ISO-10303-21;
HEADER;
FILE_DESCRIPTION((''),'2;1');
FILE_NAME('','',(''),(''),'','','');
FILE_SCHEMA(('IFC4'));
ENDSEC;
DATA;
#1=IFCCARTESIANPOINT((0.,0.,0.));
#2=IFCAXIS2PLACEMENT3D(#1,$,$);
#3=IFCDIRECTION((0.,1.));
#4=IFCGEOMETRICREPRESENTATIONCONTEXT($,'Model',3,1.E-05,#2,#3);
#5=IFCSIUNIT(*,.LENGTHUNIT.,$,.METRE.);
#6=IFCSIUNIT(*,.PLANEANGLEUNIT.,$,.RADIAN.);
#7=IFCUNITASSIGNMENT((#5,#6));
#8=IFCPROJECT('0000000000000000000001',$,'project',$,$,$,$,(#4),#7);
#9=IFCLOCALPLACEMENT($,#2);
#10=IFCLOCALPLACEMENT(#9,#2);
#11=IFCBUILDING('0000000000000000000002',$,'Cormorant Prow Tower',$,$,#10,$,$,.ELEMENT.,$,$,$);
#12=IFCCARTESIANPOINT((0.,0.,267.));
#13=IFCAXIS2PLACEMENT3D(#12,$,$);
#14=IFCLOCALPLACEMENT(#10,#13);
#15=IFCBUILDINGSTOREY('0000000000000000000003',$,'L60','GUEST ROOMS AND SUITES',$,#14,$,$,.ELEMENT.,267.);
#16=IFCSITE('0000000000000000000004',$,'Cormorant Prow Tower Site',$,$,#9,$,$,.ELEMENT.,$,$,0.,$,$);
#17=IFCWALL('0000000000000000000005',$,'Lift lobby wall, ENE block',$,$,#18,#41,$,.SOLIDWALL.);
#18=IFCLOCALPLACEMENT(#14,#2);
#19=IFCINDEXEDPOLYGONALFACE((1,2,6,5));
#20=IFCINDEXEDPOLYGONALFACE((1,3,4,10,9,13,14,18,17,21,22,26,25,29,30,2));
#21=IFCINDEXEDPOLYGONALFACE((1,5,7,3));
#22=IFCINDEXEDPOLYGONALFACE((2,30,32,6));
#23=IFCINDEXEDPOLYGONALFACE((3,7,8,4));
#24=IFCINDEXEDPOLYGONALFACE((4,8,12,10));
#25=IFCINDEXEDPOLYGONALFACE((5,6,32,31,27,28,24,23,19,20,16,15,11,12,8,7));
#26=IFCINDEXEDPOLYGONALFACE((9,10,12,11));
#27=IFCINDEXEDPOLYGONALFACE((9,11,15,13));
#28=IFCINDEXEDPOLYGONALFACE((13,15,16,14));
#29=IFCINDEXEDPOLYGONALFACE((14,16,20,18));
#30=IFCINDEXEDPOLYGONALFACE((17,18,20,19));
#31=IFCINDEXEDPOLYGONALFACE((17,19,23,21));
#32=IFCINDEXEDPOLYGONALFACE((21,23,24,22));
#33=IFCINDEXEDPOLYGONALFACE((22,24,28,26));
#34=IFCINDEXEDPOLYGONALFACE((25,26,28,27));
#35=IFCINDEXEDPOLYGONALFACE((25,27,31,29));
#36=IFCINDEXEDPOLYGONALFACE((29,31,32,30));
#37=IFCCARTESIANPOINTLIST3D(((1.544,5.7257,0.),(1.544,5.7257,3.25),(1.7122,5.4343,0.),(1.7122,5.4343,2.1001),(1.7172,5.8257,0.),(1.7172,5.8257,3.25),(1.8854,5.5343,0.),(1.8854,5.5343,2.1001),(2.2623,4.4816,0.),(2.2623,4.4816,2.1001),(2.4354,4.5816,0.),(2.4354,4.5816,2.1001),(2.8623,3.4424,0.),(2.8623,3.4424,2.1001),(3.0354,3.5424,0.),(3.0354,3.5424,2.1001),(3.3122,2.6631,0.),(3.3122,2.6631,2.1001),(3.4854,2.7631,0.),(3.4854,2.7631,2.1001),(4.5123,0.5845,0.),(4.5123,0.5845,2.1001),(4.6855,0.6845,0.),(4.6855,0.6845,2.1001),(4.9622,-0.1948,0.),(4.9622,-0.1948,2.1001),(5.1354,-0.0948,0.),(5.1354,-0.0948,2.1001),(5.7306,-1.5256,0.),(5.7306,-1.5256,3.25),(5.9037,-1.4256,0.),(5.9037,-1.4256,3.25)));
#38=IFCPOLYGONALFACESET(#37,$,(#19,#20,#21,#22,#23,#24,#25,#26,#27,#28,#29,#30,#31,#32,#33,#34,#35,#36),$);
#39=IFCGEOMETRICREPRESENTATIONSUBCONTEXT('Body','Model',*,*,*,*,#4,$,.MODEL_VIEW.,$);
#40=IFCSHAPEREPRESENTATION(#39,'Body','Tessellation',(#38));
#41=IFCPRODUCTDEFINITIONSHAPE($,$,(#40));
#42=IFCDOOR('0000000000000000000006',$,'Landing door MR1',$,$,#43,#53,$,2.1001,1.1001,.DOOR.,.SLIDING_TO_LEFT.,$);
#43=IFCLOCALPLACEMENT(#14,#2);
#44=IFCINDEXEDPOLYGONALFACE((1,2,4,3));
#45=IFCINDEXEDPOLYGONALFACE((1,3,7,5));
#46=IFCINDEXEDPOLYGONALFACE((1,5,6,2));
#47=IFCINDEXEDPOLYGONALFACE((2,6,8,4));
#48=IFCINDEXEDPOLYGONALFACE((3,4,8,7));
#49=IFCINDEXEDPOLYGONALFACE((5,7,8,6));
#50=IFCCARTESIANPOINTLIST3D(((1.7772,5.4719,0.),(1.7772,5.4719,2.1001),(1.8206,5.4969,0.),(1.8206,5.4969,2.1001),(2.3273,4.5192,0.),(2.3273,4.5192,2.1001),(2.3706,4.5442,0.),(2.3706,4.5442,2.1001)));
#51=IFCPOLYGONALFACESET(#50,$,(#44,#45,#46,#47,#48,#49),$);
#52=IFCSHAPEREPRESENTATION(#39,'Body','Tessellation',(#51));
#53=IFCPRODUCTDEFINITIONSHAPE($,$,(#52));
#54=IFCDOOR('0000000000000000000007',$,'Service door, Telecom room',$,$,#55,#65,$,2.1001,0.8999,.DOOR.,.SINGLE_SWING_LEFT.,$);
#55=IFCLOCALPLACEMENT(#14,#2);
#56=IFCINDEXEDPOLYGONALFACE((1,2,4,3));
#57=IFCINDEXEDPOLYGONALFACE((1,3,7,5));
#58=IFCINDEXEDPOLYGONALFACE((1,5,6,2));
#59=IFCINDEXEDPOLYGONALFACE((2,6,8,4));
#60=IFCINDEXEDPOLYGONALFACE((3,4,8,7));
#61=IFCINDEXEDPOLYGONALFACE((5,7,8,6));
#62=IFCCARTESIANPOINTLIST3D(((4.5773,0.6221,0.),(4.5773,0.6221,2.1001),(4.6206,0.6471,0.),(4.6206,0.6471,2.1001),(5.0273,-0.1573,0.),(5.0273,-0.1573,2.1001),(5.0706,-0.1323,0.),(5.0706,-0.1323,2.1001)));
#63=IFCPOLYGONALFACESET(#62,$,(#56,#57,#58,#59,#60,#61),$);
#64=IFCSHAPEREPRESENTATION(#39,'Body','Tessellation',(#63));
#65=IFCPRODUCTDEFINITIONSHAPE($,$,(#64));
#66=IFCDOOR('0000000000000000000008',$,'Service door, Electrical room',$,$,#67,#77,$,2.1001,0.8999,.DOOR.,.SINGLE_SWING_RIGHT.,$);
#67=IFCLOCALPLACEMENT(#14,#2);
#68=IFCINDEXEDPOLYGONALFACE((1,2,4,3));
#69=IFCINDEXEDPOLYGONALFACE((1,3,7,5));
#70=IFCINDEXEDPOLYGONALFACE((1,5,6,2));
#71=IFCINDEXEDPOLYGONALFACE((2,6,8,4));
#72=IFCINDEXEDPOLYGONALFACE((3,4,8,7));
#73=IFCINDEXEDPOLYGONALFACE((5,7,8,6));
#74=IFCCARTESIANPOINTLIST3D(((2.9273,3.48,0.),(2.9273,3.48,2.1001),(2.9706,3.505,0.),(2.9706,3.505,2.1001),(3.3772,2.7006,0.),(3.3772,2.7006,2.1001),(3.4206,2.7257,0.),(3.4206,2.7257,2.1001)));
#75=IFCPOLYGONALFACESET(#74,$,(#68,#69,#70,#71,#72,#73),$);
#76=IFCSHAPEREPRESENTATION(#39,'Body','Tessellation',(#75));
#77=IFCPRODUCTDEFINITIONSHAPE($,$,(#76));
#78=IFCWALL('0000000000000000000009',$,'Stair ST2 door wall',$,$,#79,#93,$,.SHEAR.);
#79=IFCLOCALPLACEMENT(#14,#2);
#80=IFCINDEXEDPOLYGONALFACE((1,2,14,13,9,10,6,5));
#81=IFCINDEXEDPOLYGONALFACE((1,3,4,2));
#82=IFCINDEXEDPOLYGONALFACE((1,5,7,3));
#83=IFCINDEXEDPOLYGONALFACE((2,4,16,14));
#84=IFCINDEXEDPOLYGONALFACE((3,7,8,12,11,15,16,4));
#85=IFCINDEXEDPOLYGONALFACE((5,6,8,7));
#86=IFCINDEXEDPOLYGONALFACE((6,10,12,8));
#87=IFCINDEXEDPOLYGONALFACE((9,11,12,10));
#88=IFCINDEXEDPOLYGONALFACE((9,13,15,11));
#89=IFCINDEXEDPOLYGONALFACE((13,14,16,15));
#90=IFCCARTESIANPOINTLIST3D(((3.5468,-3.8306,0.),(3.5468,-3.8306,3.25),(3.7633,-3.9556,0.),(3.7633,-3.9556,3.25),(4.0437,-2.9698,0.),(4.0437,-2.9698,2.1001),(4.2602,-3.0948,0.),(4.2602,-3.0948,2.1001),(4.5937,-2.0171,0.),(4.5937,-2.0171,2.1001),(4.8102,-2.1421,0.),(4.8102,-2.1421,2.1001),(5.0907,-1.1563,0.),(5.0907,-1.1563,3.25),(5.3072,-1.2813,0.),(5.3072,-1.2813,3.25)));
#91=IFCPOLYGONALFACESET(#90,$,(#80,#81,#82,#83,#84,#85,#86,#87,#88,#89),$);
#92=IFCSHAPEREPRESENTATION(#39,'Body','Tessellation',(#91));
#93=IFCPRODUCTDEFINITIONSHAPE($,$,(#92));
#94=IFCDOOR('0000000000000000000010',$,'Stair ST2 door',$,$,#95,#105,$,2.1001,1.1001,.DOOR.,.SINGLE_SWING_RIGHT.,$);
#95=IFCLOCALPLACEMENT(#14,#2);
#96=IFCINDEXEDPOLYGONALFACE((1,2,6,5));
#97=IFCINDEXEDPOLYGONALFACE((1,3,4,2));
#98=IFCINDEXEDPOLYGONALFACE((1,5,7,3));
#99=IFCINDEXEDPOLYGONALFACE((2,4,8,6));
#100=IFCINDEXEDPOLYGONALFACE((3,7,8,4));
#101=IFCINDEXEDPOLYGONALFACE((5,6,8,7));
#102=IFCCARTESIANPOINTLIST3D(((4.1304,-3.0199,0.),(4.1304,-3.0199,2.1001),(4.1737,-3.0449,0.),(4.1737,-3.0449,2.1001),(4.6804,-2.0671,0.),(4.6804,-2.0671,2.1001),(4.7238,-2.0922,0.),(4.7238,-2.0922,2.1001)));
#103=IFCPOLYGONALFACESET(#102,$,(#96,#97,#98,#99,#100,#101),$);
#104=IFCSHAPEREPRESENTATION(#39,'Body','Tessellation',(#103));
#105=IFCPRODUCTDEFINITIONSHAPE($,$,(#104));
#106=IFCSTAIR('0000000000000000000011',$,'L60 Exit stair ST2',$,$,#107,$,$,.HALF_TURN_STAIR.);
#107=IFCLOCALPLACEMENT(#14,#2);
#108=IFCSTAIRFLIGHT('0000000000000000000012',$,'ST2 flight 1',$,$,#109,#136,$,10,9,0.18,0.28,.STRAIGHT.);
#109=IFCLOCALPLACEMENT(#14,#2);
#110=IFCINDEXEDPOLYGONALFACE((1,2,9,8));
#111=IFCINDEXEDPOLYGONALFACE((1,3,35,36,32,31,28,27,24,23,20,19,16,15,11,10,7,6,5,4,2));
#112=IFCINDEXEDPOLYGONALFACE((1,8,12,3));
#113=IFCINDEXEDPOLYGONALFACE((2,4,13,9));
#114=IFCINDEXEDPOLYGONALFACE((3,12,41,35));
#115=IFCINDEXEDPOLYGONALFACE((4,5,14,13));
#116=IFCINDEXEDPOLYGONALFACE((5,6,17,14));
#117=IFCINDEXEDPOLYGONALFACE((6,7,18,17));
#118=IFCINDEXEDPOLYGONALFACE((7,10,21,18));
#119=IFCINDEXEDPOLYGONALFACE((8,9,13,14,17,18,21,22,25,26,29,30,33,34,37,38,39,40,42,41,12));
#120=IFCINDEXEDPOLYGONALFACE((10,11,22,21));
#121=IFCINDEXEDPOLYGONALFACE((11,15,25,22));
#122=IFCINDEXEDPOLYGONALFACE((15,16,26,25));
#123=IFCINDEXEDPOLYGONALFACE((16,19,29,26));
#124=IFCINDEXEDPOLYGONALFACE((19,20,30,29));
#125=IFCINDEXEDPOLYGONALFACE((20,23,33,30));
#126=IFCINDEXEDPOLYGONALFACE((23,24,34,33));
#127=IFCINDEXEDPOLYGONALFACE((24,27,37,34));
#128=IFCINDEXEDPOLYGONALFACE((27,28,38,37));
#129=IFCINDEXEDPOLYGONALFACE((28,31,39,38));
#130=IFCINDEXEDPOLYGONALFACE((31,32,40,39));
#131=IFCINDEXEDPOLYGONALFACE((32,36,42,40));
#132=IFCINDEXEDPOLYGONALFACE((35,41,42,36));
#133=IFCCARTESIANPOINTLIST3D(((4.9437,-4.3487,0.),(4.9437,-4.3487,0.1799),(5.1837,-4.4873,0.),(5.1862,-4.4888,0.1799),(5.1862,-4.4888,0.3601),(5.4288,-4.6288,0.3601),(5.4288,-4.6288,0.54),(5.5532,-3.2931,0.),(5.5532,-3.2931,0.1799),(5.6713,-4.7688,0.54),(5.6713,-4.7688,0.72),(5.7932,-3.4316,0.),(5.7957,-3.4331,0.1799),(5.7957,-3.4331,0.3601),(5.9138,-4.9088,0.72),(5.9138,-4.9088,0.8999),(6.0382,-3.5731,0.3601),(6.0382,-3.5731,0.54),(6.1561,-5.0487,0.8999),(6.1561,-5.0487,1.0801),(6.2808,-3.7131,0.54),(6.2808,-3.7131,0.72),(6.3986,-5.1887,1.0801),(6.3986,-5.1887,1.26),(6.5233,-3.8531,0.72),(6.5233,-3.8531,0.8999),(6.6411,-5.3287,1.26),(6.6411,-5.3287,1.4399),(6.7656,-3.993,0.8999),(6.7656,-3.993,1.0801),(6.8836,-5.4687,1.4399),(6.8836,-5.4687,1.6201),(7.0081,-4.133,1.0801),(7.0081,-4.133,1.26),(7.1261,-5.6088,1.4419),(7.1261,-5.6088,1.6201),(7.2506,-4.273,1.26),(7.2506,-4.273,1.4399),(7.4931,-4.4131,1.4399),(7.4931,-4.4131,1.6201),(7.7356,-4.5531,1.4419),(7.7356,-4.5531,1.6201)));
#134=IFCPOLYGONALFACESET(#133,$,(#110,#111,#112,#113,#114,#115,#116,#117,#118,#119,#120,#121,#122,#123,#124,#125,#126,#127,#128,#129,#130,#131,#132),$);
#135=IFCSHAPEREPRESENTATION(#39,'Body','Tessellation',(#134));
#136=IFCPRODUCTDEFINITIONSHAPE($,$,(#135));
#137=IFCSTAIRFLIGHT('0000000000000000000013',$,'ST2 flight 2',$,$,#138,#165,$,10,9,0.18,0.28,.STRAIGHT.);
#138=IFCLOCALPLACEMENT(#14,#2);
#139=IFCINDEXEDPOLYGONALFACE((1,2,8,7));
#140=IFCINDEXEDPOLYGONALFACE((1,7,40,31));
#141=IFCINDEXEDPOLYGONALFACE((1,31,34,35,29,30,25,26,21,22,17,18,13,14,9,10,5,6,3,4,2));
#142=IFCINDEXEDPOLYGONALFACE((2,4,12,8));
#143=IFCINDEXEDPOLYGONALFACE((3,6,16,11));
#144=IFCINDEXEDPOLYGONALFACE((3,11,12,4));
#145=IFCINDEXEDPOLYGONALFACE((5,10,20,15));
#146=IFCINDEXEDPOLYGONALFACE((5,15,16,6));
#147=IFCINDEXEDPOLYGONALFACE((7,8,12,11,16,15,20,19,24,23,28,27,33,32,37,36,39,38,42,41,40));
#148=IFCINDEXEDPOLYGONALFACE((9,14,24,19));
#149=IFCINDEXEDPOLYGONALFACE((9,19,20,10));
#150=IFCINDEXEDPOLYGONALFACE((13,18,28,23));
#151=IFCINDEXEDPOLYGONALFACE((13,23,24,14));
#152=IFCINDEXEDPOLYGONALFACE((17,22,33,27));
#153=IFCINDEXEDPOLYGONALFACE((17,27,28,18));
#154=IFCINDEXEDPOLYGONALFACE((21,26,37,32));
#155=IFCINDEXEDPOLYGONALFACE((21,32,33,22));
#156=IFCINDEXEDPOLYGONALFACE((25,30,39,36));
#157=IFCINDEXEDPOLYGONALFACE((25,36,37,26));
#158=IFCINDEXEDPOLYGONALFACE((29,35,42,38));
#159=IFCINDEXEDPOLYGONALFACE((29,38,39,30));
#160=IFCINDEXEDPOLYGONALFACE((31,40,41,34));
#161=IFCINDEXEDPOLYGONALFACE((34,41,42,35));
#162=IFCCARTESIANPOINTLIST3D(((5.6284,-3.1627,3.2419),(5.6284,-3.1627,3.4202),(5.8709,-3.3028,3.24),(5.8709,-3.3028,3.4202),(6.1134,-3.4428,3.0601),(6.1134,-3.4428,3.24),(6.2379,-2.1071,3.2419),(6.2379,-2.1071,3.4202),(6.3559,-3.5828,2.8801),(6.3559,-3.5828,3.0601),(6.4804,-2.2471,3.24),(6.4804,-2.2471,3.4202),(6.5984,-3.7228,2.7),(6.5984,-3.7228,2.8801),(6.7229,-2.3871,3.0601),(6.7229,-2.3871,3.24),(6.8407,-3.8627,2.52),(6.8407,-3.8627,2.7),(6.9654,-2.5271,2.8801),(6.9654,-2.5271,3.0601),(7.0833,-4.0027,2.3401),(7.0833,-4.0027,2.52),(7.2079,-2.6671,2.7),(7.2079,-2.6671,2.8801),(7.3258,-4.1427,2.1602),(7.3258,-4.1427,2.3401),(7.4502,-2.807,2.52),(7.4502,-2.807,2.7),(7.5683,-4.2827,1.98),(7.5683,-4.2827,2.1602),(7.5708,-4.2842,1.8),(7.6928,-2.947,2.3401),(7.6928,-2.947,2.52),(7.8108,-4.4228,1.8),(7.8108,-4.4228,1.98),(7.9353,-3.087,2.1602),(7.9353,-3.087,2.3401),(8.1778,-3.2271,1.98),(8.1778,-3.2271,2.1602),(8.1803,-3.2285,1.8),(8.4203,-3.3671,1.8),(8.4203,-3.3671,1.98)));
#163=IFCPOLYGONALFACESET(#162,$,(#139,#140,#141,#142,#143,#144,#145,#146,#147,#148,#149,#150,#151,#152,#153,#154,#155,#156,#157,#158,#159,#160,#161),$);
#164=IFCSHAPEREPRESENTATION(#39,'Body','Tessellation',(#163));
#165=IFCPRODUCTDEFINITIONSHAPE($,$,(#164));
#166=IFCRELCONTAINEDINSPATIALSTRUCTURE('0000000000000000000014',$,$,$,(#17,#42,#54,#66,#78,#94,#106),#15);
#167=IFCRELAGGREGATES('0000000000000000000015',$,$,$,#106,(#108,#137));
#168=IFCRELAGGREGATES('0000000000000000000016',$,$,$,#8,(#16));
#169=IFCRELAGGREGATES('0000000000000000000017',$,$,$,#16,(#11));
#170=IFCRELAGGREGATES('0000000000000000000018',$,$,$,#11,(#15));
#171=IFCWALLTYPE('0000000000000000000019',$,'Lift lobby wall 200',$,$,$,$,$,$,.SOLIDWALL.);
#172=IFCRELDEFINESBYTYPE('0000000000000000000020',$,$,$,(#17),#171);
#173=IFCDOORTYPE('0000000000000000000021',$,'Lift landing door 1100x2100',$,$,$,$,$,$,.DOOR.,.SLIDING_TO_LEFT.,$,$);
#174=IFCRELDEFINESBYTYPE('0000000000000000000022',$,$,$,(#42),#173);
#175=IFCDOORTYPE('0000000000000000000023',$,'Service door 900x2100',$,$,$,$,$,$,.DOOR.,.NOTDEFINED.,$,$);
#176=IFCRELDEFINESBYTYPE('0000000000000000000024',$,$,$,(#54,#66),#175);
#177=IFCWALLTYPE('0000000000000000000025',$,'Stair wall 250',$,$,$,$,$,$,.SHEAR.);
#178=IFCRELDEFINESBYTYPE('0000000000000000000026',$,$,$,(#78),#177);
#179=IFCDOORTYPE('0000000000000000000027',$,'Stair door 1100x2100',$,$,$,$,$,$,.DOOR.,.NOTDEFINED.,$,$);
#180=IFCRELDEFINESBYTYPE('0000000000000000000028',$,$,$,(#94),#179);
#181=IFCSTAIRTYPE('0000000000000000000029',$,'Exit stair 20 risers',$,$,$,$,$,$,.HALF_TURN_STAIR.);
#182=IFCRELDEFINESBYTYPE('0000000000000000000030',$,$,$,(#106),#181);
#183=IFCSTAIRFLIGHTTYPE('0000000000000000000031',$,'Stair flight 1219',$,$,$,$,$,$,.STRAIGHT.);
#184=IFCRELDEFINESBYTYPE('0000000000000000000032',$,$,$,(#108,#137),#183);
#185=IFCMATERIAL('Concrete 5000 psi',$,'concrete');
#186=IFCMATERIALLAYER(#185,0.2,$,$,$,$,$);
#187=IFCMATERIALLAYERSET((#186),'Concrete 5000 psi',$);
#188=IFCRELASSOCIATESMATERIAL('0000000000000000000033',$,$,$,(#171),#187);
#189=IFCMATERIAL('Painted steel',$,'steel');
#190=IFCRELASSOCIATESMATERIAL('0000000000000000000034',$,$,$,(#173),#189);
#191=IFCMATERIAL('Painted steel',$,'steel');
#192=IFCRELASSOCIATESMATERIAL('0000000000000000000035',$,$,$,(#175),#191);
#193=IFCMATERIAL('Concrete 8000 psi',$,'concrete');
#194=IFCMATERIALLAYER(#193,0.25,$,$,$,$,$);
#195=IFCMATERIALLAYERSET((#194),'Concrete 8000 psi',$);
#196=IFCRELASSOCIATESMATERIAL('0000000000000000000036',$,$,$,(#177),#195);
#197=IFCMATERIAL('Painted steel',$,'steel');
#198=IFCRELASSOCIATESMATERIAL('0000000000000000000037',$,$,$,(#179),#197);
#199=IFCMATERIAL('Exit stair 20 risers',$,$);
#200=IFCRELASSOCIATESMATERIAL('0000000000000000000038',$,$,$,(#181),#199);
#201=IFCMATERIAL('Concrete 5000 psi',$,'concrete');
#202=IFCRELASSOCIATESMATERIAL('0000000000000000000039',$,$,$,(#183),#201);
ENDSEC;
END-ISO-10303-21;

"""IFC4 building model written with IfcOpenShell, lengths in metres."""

from ifc_helpers import new_model, si_unit, direction, frame, frame_2d, origin, place, context, subcontext, project, spatial, polyline, rectangle, outline, extrude, material, layer, layer_set, type_object, element, fill, aggregate, save


model = new_model("IFC4")

# Units and contexts
model_context = context("Model", 3, precision=1e-05, world=origin(), true_north=direction((0.0, 1.0)))
body_context = subcontext(model_context, "Body", "Model", "MODEL_VIEW")
ifc_project = project(units=[si_unit("LENGTHUNIT", "METRE"), si_unit("PLANEANGLEUNIT", "RADIAN")], contexts=[model_context])

# Site, building, storey
site_placement = place(None, origin())
site = spatial("IfcSite", under=ifc_project, at=site_placement, Name="Cormorant Prow Tower Site", CompositionType="ELEMENT", RefElevation=0.0)
building_placement = place(site_placement, origin())
building = spatial("IfcBuilding", under=site, at=building_placement, Name="Cormorant Prow Tower", CompositionType="ELEMENT")
storey_placement = place(building_placement, frame((0.0, 0.0, 267.0)))
storey = spatial("IfcBuildingStorey", under=building, at=storey_placement, Name="L60", Description="GUEST ROOMS AND SUITES", CompositionType="ELEMENT", Elevation=267.0)

# Wall, openings, doors
ifc_material_1 = material(Name="Concrete 5000 psi", Category="concrete")
ifc_layer_1 = layer(ifc_material_1, 0.2)
ifc_layer_set_1 = layer_set([ifc_layer_1], Name="Concrete 5000 psi")
wall_type_1 = type_object("IfcWallType", Name="Lift lobby wall 200", PredefinedType="SOLIDWALL", material=ifc_layer_set_1)
wall_1_placement = place(storey_placement, frame((5.8171, -1.4756, 0.0), z_axis=(0.0, 0.0, 1.0), x_axis=(-0.500003, 0.866024, 0.0)))
wall_1 = element("IfcWall", 1, at=wall_1_placement, inside=storey, type_object=wall_type_1, Name="Lift lobby wall, ENE block", PredefinedType="SOLIDWALL", context=body_context, shape_type="SweptSolid", body=[
    extrude(rectangle(XDim=8.373, YDim=0.2, at=frame_2d((4.1865, 0.0))), origin(), (0.0, 0.0, 1.0), 3.25),
])
opening_1_placement = place(wall_1_placement, frame((1.5366, 0.0, 0.0)))
opening_1 = element("IfcOpeningElement", 2, at=opening_1_placement, cuts=wall_1, PredefinedType="OPENING", context=body_context, shape_type="SweptSolid", body=[
    extrude(rectangle(XDim=0.8999, YDim=2.1001, at=frame_2d((0.45, 1.05))), frame((0.0, 0.1099, 0.0), z_axis=(0.0, -1.0, 0.0), x_axis=(1.0, 0.0, 0.0)), (0.0, 0.0, 1.0), 0.22),
])
opening_2_placement = place(wall_1_placement, frame((4.8367, 0.0, 0.0)))
opening_2 = element("IfcOpeningElement", 3, at=opening_2_placement, cuts=wall_1, PredefinedType="OPENING", context=body_context, shape_type="SweptSolid", body=[
    extrude(rectangle(XDim=0.8999, YDim=2.1001, at=frame_2d((0.45, 1.05))), frame((0.0, 0.1099, 0.0), z_axis=(0.0, -1.0, 0.0), x_axis=(1.0, 0.0, 0.0)), (0.0, 0.0, 1.0), 0.22),
])
opening_3_placement = place(wall_1_placement, frame((6.9365, 0.0, 0.0)))
opening_3 = element("IfcOpeningElement", 4, at=opening_3_placement, cuts=wall_1, PredefinedType="OPENING", context=body_context, shape_type="SweptSolid", body=[
    extrude(rectangle(XDim=1.1001, YDim=2.1001, at=frame_2d((0.55, 1.05))), frame((0.0, 0.1099, 0.0), z_axis=(0.0, -1.0, 0.0), x_axis=(1.0, 0.0, 0.0)), (0.0, 0.0, 1.0), 0.22),
])
ifc_material_2 = material(Name="Painted steel", Category="steel")
door_type_1 = type_object("IfcDoorType", Name="Lift landing door 1100x2100", OperationType="SLIDING_TO_LEFT", PredefinedType="DOOR", material=ifc_material_2)
door_1_placement = place(opening_3_placement, origin())
door_1 = element("IfcDoor", 5, at=door_1_placement, inside=storey, type_object=door_type_1, Name="Landing door MR1", OperationType="SLIDING_TO_LEFT", OverallHeight=2.1001, OverallWidth=1.1001, PredefinedType="DOOR", context=body_context, shape_type="SweptSolid", body=[
    extrude(rectangle(XDim=1.1001, YDim=2.1001, at=frame_2d((0.55, 1.05))), frame((0.0, 0.0249, 0.0), z_axis=(0.0, -1.0, 0.0), x_axis=(1.0, 0.0, 0.0)), (0.0, 0.0, 1.0), 0.05),
])
fill(opening_3, door_1)
ifc_material_3 = material(Name="Painted steel", Category="steel")
door_type_2 = type_object("IfcDoorType", Name="Service door 900x2100", OperationType="NOTDEFINED", PredefinedType="DOOR", material=ifc_material_3)
door_2_placement = place(opening_1_placement, origin())
door_2 = element("IfcDoor", 6, at=door_2_placement, inside=storey, type_object=door_type_2, Name="Service door, Telecom room", OperationType="SINGLE_SWING_LEFT", OverallHeight=2.1001, OverallWidth=0.8999, PredefinedType="DOOR", context=body_context, shape_type="SweptSolid", body=[
    extrude(rectangle(XDim=0.8999, YDim=2.1001, at=frame_2d((0.45, 1.05))), frame((0.0, 0.0249, 0.0), z_axis=(0.0, -1.0, 0.0), x_axis=(1.0, 0.0, 0.0)), (0.0, 0.0, 1.0), 0.05),
])
fill(opening_1, door_2)
door_3_placement = place(opening_2_placement, origin())
door_3 = element("IfcDoor", 7, at=door_3_placement, inside=storey, type_object=door_type_2, Name="Service door, Electrical room", OperationType="SINGLE_SWING_RIGHT", OverallHeight=2.1001, OverallWidth=0.8999, PredefinedType="DOOR", context=body_context, shape_type="SweptSolid", body=[
    extrude(rectangle(XDim=0.8999, YDim=2.1001, at=frame_2d((0.45, 1.05))), frame((0.0, 0.0249, 0.0), z_axis=(0.0, -1.0, 0.0), x_axis=(1.0, 0.0, 0.0)), (0.0, 0.0, 1.0), 0.05),
])
fill(opening_2, door_3)

# Wall, opening, door
ifc_material_4 = material(Name="Concrete 8000 psi", Category="concrete")
ifc_layer_2 = layer(ifc_material_4, 0.25)
ifc_layer_set_2 = layer_set([ifc_layer_2], Name="Concrete 8000 psi")
wall_type_2 = type_object("IfcWallType", Name="Stair wall 250", PredefinedType="SHEAR", material=ifc_layer_set_2)
wall_2_placement = place(storey_placement, frame((3.655, -3.8931, 0.0), z_axis=(0.0, 0.0, 1.0), x_axis=(0.499983, 0.866035, 0.0)))
wall_2 = element("IfcWall", 8, at=wall_2_placement, inside=storey, type_object=wall_type_2, Name="Stair ST2 door wall", PredefinedType="SHEAR", context=body_context, shape_type="SweptSolid", body=[
    extrude(rectangle(XDim=3.0879, YDim=0.25, at=frame_2d((1.5439, 0.0))), origin(), (0.0, 0.0, 1.0), 3.25),
])
opening_4_placement = place(wall_2_placement, frame((0.9939, 0.0, 0.0)))
opening_4 = element("IfcOpeningElement", 9, at=opening_4_placement, cuts=wall_2, PredefinedType="OPENING", context=body_context, shape_type="SweptSolid", body=[
    extrude(rectangle(XDim=1.1001, YDim=2.1001, at=frame_2d((0.55, 1.05))), frame((0.0, 0.135, 0.0), z_axis=(0.0, -1.0, 0.0), x_axis=(1.0, 0.0, 0.0)), (0.0, 0.0, 1.0), 0.27),
])
ifc_material_5 = material(Name="Painted steel", Category="steel")
door_type_3 = type_object("IfcDoorType", Name="Stair door 1100x2100", OperationType="NOTDEFINED", PredefinedType="DOOR", material=ifc_material_5)
door_4_placement = place(opening_4_placement, origin())
door_4 = element("IfcDoor", 10, at=door_4_placement, inside=storey, type_object=door_type_3, Name="Stair ST2 door", OperationType="SINGLE_SWING_RIGHT", OverallHeight=2.1001, OverallWidth=1.1001, PredefinedType="DOOR", context=body_context, shape_type="SweptSolid", body=[
    extrude(rectangle(XDim=1.1001, YDim=2.1001, at=frame_2d((0.55, 1.05))), frame((0.0, 0.0249, 0.0), z_axis=(0.0, -1.0, 0.0), x_axis=(1.0, 0.0, 0.0)), (0.0, 0.0, 1.0), 0.05),
])
fill(opening_4, door_4)

# Stair, stair flights
ifc_material_6 = material(Name="Exit stair 20 risers")
stair_type = type_object("IfcStairType", Name="Exit stair 20 risers", PredefinedType="HALF_TURN_STAIR", material=ifc_material_6)
stair_placement = place(storey_placement, origin())
stair = element("IfcStair", 11, at=stair_placement, inside=storey, type_object=stair_type, Name="L60 Exit stair ST2", PredefinedType="HALF_TURN_STAIR")
ifc_material_7 = material(Name="Concrete 5000 psi", Category="concrete")
stair_flight_type = type_object("IfcStairFlightType", Name="Stair flight 1219", PredefinedType="STRAIGHT", material=ifc_material_7)
stair_flight_1_placement = place(storey_placement, frame((5.2485, -3.8208, 0.0), z_axis=(0.0, 0.0, 1.0), x_axis=(0.866025, -0.5, 0.0)))
stair_flight_1 = element("IfcStairFlight", 12, at=stair_flight_1_placement, type_object=stair_flight_type, Name="ST2 flight 1", NumberOfRisers=10, NumberOfTreads=9, PredefinedType="STRAIGHT", RiserHeight=0.18, TreadLength=0.28, context=body_context, shape_type="SweptSolid", body=[
    extrude(outline(polyline([(0.0, 0.0), (0.0, 0.1799), (0.28, 0.1799), (0.28, 0.3601), (0.5601, 0.3601), (0.5601, 0.54), (0.8401, 0.54), (0.8401, 0.72), (1.1201, 0.72), (1.1201, 0.8999), (1.3999, 0.8999), (1.3999, 1.0801), (1.6799, 1.0801), (1.6799, 1.26), (1.96, 1.26), (1.96, 1.4399), (2.24, 1.4399), (2.24, 1.6201), (2.52, 1.6201), (2.52, 1.8), (2.52, 1.4419), (0.2771, 0.0), (0.0, 0.0)])), frame((0.0, 0.6094, 0.0), z_axis=(0.0, -1.0, 0.0), x_axis=(1.0, 0.0, 0.0)), (0.0, 0.0, 1.0), 1.219),
])
stair_flight_2_placement = place(storey_placement, frame((8.1155, -3.895, 1.8), z_axis=(0.0, 0.0, 1.0), x_axis=(-0.866025, 0.5, 0.0)))
stair_flight_2 = element("IfcStairFlight", 13, at=stair_flight_2_placement, type_object=stair_flight_type, Name="ST2 flight 2", NumberOfRisers=10, NumberOfTreads=9, PredefinedType="STRAIGHT", RiserHeight=0.18, TreadLength=0.28, context=body_context, shape_type="SweptSolid", body=[
    extrude(outline(polyline([(0.0, 0.0), (0.0, 0.1799), (0.28, 0.1799), (0.28, 0.3601), (0.5601, 0.3601), (0.5601, 0.54), (0.8401, 0.54), (0.8401, 0.72), (1.1201, 0.72), (1.1201, 0.8999), (1.3999, 0.8999), (1.3999, 1.0801), (1.6799, 1.0801), (1.6799, 1.26), (1.96, 1.26), (1.96, 1.4399), (2.24, 1.4399), (2.24, 1.6201), (2.52, 1.6201), (2.52, 1.8), (2.52, 1.4419), (0.2771, 0.0), (0.0, 0.0)])), frame((0.0, 0.6094, 0.0), z_axis=(0.0, -1.0, 0.0), x_axis=(1.0, 0.0, 0.0)), (0.0, 0.0, 1.0), 1.219),
])
aggregate(stair, [stair_flight_1, stair_flight_2])

save(model, "model.ifc")
